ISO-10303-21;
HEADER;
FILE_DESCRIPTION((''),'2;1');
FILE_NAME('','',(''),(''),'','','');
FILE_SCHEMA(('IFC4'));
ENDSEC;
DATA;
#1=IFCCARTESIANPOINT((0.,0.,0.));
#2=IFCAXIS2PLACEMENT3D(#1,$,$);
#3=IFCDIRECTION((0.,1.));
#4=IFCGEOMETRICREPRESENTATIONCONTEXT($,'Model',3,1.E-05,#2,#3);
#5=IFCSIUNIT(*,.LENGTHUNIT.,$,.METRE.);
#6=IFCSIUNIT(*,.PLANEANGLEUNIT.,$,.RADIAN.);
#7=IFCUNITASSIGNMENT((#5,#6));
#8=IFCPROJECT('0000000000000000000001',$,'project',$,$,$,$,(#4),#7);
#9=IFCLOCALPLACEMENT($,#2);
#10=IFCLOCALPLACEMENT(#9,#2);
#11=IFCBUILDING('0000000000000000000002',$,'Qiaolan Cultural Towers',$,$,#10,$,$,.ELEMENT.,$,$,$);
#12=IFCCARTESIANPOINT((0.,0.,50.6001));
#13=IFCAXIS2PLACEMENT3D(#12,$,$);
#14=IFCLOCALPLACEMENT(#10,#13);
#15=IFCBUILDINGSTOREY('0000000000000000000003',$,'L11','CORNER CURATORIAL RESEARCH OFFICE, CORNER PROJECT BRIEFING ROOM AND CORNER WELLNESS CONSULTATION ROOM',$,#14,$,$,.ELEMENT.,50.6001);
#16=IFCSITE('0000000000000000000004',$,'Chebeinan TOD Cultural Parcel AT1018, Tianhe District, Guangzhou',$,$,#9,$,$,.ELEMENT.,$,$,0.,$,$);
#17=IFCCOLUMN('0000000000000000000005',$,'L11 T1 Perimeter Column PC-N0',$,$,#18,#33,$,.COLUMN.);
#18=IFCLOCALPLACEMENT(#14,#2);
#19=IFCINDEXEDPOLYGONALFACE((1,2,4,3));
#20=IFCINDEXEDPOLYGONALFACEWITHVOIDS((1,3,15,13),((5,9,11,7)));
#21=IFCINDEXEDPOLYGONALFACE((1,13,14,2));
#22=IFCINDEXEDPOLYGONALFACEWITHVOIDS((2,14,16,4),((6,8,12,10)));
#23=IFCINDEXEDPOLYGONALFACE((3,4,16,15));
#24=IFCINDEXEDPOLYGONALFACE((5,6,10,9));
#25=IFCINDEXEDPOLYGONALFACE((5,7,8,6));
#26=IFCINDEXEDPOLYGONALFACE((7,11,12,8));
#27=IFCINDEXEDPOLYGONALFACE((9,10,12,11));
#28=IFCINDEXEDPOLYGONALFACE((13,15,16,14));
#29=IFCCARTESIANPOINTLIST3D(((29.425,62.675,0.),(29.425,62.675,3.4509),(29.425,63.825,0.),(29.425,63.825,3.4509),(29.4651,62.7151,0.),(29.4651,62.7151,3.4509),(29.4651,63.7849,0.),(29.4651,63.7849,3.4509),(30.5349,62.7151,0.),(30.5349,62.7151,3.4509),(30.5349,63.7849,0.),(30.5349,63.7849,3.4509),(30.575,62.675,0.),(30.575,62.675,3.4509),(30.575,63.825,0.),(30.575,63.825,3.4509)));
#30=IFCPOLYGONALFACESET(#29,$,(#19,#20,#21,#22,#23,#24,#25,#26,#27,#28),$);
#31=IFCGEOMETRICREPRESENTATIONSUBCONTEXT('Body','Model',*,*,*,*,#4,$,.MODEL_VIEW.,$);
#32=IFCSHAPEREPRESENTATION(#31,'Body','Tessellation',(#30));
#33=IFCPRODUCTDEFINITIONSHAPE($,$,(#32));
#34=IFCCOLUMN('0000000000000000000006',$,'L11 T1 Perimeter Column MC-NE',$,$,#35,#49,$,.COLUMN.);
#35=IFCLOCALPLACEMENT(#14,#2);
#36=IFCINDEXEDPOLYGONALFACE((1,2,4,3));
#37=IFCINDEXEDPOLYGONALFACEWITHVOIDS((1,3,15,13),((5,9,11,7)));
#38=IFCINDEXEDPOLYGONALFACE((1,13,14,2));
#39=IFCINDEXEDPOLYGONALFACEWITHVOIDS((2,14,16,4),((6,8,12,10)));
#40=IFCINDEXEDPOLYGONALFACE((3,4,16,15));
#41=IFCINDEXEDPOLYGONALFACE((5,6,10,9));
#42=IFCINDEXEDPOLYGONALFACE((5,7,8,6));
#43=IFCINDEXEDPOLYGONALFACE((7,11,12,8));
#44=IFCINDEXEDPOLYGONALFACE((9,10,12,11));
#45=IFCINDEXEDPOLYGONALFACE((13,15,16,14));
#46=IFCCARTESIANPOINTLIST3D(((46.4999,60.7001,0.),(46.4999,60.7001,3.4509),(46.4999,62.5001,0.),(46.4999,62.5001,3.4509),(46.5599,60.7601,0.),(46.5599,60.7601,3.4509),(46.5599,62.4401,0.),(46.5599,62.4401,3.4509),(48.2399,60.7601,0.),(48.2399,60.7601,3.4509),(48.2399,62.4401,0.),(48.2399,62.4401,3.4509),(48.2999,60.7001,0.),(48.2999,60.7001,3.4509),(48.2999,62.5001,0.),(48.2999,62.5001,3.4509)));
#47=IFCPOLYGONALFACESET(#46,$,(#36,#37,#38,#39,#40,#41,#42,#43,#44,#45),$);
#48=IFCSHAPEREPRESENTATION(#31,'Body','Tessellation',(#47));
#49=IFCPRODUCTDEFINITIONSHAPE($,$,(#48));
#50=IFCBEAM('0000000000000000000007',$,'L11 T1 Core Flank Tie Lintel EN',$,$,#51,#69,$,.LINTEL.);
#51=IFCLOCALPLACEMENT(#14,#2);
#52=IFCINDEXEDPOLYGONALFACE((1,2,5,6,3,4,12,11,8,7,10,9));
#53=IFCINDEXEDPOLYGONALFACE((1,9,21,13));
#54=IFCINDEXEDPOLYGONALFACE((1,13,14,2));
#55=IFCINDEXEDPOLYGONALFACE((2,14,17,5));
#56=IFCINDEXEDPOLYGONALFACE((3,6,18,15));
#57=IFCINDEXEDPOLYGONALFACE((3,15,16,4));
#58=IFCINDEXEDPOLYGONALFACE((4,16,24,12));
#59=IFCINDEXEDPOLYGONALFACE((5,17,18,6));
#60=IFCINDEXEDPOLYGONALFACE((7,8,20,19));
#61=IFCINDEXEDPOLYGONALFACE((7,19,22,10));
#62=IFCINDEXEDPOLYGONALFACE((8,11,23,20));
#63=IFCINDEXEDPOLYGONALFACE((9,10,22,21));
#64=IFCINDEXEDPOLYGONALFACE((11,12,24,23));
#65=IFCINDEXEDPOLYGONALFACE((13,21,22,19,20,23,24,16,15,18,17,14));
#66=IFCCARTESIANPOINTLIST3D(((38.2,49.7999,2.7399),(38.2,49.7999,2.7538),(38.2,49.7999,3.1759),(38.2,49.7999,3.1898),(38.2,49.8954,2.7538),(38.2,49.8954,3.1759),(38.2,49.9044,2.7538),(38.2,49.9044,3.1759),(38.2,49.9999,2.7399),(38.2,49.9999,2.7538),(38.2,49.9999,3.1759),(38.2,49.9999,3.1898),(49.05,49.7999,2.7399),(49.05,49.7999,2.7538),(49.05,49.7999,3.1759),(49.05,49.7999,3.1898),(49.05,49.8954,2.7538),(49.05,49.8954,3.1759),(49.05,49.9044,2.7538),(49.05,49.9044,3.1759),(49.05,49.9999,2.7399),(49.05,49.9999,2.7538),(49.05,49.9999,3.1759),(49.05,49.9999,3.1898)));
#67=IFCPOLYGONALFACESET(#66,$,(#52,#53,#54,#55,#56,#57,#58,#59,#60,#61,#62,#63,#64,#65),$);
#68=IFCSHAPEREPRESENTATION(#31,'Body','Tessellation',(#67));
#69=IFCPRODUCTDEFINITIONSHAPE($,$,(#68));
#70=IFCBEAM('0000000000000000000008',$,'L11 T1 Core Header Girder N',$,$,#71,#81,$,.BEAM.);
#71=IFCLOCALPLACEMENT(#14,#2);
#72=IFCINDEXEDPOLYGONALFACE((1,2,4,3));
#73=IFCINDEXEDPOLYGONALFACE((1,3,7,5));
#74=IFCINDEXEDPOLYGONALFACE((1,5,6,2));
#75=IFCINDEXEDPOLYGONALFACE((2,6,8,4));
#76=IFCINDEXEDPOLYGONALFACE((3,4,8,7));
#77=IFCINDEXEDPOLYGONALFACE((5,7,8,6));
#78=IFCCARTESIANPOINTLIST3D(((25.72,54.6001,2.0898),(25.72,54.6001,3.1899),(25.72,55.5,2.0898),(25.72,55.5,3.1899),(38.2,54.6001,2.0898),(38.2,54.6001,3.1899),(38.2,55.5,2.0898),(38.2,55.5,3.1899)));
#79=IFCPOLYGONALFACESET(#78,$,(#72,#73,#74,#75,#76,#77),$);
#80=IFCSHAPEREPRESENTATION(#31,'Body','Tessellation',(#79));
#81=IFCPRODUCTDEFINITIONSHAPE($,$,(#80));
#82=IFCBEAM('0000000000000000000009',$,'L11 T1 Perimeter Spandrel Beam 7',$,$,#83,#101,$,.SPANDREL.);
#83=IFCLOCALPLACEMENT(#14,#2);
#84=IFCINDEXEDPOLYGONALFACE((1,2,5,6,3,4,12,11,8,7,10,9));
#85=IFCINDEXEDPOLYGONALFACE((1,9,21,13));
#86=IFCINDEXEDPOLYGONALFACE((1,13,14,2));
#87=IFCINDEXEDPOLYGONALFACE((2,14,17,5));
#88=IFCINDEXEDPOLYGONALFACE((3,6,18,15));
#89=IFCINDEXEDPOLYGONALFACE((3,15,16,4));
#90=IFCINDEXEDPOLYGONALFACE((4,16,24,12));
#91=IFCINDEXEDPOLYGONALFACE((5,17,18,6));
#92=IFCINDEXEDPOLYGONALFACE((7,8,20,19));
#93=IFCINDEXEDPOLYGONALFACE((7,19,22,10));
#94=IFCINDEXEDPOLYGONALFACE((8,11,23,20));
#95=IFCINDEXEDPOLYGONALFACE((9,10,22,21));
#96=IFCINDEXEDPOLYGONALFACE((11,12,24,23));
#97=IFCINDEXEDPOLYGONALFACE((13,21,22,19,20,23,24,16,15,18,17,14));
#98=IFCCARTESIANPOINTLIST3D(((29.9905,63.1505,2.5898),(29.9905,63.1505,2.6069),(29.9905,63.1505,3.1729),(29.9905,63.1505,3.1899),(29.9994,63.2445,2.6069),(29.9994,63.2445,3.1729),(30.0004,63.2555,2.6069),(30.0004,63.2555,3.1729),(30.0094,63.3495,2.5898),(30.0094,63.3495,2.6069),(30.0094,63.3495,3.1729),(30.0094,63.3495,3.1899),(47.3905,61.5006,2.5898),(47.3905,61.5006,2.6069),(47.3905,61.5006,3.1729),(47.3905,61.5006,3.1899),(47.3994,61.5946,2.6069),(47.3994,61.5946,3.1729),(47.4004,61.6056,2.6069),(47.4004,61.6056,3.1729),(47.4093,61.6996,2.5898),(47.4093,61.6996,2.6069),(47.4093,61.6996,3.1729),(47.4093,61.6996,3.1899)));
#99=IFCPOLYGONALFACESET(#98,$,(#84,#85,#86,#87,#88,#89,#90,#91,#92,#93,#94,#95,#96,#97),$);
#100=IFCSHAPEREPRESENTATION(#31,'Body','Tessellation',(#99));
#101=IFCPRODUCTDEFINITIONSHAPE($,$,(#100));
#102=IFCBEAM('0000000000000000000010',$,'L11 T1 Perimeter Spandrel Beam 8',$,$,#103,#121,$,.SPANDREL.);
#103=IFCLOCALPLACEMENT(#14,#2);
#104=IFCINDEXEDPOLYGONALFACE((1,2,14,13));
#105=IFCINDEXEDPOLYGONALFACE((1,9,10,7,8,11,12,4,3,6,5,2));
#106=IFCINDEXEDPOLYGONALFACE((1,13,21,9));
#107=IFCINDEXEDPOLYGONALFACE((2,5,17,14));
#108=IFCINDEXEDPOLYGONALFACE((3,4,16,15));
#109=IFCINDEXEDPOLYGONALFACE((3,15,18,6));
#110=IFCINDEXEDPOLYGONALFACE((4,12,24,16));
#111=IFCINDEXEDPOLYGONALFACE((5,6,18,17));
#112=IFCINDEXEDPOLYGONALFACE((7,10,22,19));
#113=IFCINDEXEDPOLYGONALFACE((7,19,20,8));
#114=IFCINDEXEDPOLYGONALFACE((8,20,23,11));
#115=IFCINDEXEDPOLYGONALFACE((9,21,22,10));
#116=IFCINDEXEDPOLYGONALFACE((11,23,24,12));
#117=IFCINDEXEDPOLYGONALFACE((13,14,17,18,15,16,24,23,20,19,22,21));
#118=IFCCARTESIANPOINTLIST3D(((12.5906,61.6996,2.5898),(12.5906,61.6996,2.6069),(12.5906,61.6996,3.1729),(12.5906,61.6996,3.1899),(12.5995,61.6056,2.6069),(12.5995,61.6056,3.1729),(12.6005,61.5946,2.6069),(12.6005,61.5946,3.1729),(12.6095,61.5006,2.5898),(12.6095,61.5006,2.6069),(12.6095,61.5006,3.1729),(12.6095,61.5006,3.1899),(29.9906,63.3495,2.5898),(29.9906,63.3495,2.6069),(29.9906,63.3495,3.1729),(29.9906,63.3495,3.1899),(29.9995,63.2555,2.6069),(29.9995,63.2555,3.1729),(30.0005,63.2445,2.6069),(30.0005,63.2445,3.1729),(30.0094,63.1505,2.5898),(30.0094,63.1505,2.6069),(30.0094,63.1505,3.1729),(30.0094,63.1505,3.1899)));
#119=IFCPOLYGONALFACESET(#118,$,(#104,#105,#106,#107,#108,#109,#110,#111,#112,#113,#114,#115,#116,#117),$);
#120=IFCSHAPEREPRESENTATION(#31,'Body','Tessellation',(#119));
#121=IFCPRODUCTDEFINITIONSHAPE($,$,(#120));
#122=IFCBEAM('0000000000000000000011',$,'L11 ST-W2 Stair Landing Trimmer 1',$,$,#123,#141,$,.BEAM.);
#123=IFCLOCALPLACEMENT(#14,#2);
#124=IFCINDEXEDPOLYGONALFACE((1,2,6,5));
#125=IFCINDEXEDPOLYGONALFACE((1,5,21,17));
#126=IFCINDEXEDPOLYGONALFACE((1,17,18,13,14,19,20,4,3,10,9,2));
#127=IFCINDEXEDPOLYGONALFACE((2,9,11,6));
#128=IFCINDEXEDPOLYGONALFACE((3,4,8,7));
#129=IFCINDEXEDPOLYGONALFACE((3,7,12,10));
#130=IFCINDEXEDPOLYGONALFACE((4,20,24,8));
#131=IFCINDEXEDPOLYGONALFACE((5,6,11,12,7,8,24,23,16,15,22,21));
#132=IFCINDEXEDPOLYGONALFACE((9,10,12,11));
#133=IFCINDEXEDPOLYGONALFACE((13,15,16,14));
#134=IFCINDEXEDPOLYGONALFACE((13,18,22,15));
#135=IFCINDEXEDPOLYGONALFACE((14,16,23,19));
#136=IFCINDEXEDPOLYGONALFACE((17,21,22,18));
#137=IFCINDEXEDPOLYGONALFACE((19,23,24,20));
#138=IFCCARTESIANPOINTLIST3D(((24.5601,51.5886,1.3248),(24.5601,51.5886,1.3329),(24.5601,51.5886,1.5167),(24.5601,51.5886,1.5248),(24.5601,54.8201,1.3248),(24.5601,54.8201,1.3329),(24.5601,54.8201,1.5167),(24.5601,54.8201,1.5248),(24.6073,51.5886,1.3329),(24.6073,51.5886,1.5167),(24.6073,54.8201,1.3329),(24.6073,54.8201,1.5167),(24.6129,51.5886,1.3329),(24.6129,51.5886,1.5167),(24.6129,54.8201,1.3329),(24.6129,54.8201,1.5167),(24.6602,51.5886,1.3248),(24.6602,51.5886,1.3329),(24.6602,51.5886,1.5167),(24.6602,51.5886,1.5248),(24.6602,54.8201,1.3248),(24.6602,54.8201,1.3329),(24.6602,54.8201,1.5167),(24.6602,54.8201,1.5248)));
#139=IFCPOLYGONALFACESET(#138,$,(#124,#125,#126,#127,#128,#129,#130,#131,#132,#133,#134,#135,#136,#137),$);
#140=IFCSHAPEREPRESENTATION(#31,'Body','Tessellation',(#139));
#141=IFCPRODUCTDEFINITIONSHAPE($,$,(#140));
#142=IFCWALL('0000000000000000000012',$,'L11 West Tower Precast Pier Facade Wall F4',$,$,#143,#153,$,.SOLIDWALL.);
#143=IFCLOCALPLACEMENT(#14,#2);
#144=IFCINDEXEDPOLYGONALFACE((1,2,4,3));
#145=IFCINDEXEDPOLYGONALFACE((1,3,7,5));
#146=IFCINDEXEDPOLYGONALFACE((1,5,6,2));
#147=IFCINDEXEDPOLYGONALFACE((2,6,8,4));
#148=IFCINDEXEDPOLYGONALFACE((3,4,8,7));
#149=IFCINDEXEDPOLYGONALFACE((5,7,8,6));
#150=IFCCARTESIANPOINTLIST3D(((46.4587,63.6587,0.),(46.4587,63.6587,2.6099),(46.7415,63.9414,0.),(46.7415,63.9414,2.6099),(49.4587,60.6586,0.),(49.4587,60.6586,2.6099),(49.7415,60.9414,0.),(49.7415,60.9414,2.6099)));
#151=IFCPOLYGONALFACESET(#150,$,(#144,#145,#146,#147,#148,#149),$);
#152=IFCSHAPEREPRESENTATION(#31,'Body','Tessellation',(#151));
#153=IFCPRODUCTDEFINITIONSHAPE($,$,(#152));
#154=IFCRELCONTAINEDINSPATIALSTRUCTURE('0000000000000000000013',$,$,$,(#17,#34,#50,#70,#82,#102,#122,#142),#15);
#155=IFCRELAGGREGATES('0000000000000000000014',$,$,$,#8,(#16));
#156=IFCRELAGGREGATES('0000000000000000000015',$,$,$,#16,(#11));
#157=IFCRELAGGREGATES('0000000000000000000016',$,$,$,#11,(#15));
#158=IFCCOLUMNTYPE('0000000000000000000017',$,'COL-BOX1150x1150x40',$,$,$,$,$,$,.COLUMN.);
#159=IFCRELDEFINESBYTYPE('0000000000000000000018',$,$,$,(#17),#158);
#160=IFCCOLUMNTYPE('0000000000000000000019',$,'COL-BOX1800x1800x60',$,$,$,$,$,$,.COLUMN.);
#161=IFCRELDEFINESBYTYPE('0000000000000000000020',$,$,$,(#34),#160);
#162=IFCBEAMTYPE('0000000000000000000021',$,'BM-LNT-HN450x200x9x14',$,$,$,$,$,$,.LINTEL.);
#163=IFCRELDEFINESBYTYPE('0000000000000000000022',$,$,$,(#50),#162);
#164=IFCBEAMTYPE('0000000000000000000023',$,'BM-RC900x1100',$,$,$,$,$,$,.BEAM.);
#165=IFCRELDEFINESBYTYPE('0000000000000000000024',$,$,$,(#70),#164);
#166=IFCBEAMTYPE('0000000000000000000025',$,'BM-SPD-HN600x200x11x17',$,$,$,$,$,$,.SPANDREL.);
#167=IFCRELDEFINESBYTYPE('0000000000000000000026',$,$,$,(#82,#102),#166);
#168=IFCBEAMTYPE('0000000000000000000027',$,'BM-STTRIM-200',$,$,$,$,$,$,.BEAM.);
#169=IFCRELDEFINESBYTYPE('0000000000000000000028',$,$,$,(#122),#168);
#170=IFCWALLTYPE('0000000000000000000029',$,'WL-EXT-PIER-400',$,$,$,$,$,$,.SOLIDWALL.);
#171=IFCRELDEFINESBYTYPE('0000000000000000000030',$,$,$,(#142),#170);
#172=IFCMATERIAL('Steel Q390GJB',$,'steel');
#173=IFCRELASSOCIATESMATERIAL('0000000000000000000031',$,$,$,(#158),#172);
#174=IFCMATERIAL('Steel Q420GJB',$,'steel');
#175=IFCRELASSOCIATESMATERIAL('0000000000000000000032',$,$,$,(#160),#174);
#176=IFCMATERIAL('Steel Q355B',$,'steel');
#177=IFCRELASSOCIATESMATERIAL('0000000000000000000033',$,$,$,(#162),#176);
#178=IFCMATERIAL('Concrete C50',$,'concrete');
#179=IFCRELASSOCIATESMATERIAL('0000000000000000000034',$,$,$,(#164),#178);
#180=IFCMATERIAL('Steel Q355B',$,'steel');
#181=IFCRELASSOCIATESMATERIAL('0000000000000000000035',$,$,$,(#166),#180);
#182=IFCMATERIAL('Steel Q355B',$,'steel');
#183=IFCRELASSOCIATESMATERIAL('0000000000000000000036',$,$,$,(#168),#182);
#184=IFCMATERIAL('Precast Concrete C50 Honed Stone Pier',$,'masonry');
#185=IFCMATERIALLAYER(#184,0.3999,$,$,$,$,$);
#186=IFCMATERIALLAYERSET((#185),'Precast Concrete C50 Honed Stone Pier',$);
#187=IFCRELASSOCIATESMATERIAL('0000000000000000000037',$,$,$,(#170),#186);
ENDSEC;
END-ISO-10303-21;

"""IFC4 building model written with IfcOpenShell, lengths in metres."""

from ifc_helpers import new_model, si_unit, direction, frame, frame_2d, origin, origin_2d, place, context, subcontext, project, spatial, rectangle, hollow_rectangle, i_section, extrude, material, layer, layer_set, material_profile, profile_set, type_object, element, save


model = new_model("IFC4")

# Units and contexts
model_context = context("Model", 3, precision=1e-05, world=origin(), true_north=direction((0.0, 1.0)))
body_context = subcontext(model_context, "Body", "Model", "MODEL_VIEW")
ifc_project = project(units=[si_unit("LENGTHUNIT", "METRE"), si_unit("PLANEANGLEUNIT", "RADIAN")], contexts=[model_context])

# Site, building, storey
site_placement = place(None, origin())
site = spatial("IfcSite", under=ifc_project, at=site_placement, Name="Chebeinan TOD Cultural Parcel AT1018, Tianhe District, Guangzhou", CompositionType="ELEMENT", RefElevation=0.0)
building_placement = place(site_placement, origin())
building = spatial("IfcBuilding", under=site, at=building_placement, Name="Qiaolan Cultural Towers", CompositionType="ELEMENT")
storey_placement = place(building_placement, frame((0.0, 0.0, 50.6001)))
storey = spatial("IfcBuildingStorey", under=building, at=storey_placement, Name="L11", Description="CORNER CURATORIAL RESEARCH OFFICE, CORNER PROJECT BRIEFING ROOM AND CORNER WELLNESS CONSULTATION ROOM", CompositionType="ELEMENT", Elevation=50.6001)

# Columns
ifc_material_1 = material(Name="Steel Q390GJB", Category="steel")
ifc_material_profile_1 = material_profile(ifc_material_1, hollow_rectangle(XDim=1.1499, YDim=1.1499, WallThickness=0.04, at=origin_2d()), Name="BOX1150x1150x40")
ifc_profile_set_1 = profile_set([ifc_material_profile_1], Name="Steel Q390GJB")
column_type_1 = type_object("IfcColumnType", Name="COL-BOX1150x1150x40", PredefinedType="COLUMN", material=ifc_profile_set_1)
column_1_placement = place(storey_placement, frame((30.0, 63.25, 0.0), z_axis=(0.0, 0.0, 1.0), x_axis=(1.0, 0.0, 0.0)))
element("IfcColumn", 1, at=column_1_placement, inside=storey, type_object=column_type_1, Name="L11 T1 Perimeter Column PC-N0", PredefinedType="COLUMN", context=body_context, shape_type="SweptSolid", body=[
    extrude(hollow_rectangle(XDim=1.1499, YDim=1.1499, WallThickness=0.04, at=origin_2d()), origin(), (0.0, 0.0, 1.0), 3.4509),
])
ifc_material_2 = material(Name="Steel Q420GJB", Category="steel")
ifc_material_profile_2 = material_profile(ifc_material_2, hollow_rectangle(XDim=1.8, YDim=1.8, WallThickness=0.0601, at=origin_2d()), Name="BOX1800x1800x60")
ifc_profile_set_2 = profile_set([ifc_material_profile_2], Name="Steel Q420GJB")
column_type_2 = type_object("IfcColumnType", Name="COL-BOX1800x1800x60", PredefinedType="COLUMN", material=ifc_profile_set_2)
column_2_placement = place(storey_placement, frame((47.3999, 61.6001, 0.0), z_axis=(0.0, 0.0, 1.0), x_axis=(1.0, 0.0, 0.0)))
element("IfcColumn", 2, at=column_2_placement, inside=storey, type_object=column_type_2, Name="L11 T1 Perimeter Column MC-NE", PredefinedType="COLUMN", context=body_context, shape_type="SweptSolid", body=[
    extrude(hollow_rectangle(XDim=1.8, YDim=1.8, WallThickness=0.0601, at=origin_2d()), origin(), (0.0, 0.0, 1.0), 3.4509),
])

# Beams
ifc_material_3 = material(Name="Steel Q355B", Category="steel")
ifc_material_profile_3 = material_profile(ifc_material_3, i_section(OverallWidth=0.2, OverallDepth=0.45, WebThickness=0.009, FlangeThickness=0.0139, at=origin_2d()), Name="HN450x200x9x14")
ifc_profile_set_3 = profile_set([ifc_material_profile_3], Name="Steel Q355B")
beam_type_1 = type_object("IfcBeamType", Name="BM-LNT-HN450x200x9x14", PredefinedType="LINTEL", material=ifc_profile_set_3)
beam_1_placement = place(storey_placement, frame((38.2, 49.8999, 2.9648), z_axis=(1.0, 0.0, 0.0), x_axis=(0.0, 1.0, 0.0)))
element("IfcBeam", 3, at=beam_1_placement, inside=storey, type_object=beam_type_1, Name="L11 T1 Core Flank Tie Lintel EN", PredefinedType="LINTEL", context=body_context, shape_type="SweptSolid", body=[
    extrude(i_section(OverallWidth=0.2, OverallDepth=0.45, WebThickness=0.009, FlangeThickness=0.0139, at=origin_2d()), origin(), (0.0, 0.0, 1.0), 10.8501),
])
ifc_material_4 = material(Name="Concrete C50", Category="concrete")
ifc_material_profile_4 = material_profile(ifc_material_4, rectangle(XDim=0.8999, YDim=1.1001, at=origin_2d()), Name="RC900x1100")
ifc_profile_set_4 = profile_set([ifc_material_profile_4], Name="Concrete C50")
beam_type_2 = type_object("IfcBeamType", Name="BM-RC900x1100", PredefinedType="BEAM", material=ifc_profile_set_4)
beam_2_placement = place(storey_placement, frame((25.72, 55.05, 2.6399), z_axis=(1.0, 0.0, 0.0), x_axis=(0.0, 1.0, 0.0)))
element("IfcBeam", 4, at=beam_2_placement, inside=storey, type_object=beam_type_2, Name="L11 T1 Core Header Girder N", PredefinedType="BEAM", context=body_context, shape_type="SweptSolid", body=[
    extrude(rectangle(XDim=0.8999, YDim=1.1001, at=origin_2d()), origin(), (0.0, 0.0, 1.0), 12.48),
])
ifc_material_5 = material(Name="Steel Q355B", Category="steel")
ifc_material_profile_5 = material_profile(ifc_material_5, i_section(OverallWidth=0.2, OverallDepth=0.6001, WebThickness=0.011, FlangeThickness=0.0171, at=origin_2d()), Name="HN600x200x11x17")
ifc_profile_set_5 = profile_set([ifc_material_profile_5], Name="Steel Q355B")
beam_type_3 = type_object("IfcBeamType", Name="BM-SPD-HN600x200x11x17", PredefinedType="SPANDREL", material=ifc_profile_set_5)
for number, where, z_axis, x_axis, name in (
    (5, (47.3999, 61.6001, 2.8899), (-0.995534, 0.094399, 0.0), (-0.094399, -0.995534, 0.0), "L11 T1 Perimeter Spandrel Beam 7"),
    (6, (30.0, 63.25, 2.8899), (-0.995534, -0.094399, 0.0), (0.094399, -0.995534, 0.0), "L11 T1 Perimeter Spandrel Beam 8"),
):
    element("IfcBeam", number, at=place(storey_placement, frame(where, z_axis=z_axis, x_axis=x_axis)), inside=storey, type_object=beam_type_3, Name=name, PredefinedType="SPANDREL", context=body_context, shape_type="SweptSolid", body=[
        extrude(i_section(OverallWidth=0.2, OverallDepth=0.6001, WebThickness=0.011, FlangeThickness=0.0171, at=origin_2d()), origin(), (0.0, 0.0, 1.0), 17.478),
    ])
ifc_material_6 = material(Name="Steel Q355B", Category="steel")
ifc_material_profile_6 = material_profile(ifc_material_6, i_section(OverallWidth=0.1001, OverallDepth=0.2, WebThickness=0.0056, FlangeThickness=0.0081, at=origin_2d()), Name="HN200x100x5.5x8")
ifc_profile_set_6 = profile_set([ifc_material_profile_6], Name="Steel Q355B")
beam_type_4 = type_object("IfcBeamType", Name="BM-STTRIM-200", PredefinedType="BEAM", material=ifc_profile_set_6)
beam_3_placement = place(storey_placement, frame((24.6101, 51.5886, 1.4248), z_axis=(0.0, 1.0, 0.0), x_axis=(-1.0, 0.0, 0.0)))
element("IfcBeam", 7, at=beam_3_placement, inside=storey, type_object=beam_type_4, Name="L11 ST-W2 Stair Landing Trimmer 1", PredefinedType="BEAM", context=body_context, shape_type="SweptSolid", body=[
    extrude(i_section(OverallWidth=0.1001, OverallDepth=0.2, WebThickness=0.0056, FlangeThickness=0.0081, at=origin_2d()), origin(), (0.0, 0.0, 1.0), 3.2314),
])

# Wall
ifc_material_7 = material(Name="Precast Concrete C50 Honed Stone Pier", Category="masonry")
ifc_layer_1 = layer(ifc_material_7, 0.3999)
ifc_layer_set_1 = layer_set([ifc_layer_1], Name="Precast Concrete C50 Honed Stone Pier")
wall_type_1 = type_object("IfcWallType", Name="WL-EXT-PIER-400", PredefinedType="SOLIDWALL", material=ifc_layer_set_1)
wall_1_placement = place(storey_placement, frame((46.6001, 63.8, 0.0), z_axis=(0.0, 0.0, 1.0), x_axis=(0.707107, -0.707107, 0.0)))
element("IfcWall", 8, at=wall_1_placement, inside=storey, type_object=wall_type_1, Name="L11 West Tower Precast Pier Facade Wall F4", PredefinedType="SOLIDWALL", context=body_context, shape_type="SweptSolid", body=[
    extrude(rectangle(XDim=4.2427, YDim=0.3999, at=frame_2d((2.1213, 0.0))), origin(), (0.0, 0.0, 1.0), 2.6099),
])

save(model, "model.ifc")
